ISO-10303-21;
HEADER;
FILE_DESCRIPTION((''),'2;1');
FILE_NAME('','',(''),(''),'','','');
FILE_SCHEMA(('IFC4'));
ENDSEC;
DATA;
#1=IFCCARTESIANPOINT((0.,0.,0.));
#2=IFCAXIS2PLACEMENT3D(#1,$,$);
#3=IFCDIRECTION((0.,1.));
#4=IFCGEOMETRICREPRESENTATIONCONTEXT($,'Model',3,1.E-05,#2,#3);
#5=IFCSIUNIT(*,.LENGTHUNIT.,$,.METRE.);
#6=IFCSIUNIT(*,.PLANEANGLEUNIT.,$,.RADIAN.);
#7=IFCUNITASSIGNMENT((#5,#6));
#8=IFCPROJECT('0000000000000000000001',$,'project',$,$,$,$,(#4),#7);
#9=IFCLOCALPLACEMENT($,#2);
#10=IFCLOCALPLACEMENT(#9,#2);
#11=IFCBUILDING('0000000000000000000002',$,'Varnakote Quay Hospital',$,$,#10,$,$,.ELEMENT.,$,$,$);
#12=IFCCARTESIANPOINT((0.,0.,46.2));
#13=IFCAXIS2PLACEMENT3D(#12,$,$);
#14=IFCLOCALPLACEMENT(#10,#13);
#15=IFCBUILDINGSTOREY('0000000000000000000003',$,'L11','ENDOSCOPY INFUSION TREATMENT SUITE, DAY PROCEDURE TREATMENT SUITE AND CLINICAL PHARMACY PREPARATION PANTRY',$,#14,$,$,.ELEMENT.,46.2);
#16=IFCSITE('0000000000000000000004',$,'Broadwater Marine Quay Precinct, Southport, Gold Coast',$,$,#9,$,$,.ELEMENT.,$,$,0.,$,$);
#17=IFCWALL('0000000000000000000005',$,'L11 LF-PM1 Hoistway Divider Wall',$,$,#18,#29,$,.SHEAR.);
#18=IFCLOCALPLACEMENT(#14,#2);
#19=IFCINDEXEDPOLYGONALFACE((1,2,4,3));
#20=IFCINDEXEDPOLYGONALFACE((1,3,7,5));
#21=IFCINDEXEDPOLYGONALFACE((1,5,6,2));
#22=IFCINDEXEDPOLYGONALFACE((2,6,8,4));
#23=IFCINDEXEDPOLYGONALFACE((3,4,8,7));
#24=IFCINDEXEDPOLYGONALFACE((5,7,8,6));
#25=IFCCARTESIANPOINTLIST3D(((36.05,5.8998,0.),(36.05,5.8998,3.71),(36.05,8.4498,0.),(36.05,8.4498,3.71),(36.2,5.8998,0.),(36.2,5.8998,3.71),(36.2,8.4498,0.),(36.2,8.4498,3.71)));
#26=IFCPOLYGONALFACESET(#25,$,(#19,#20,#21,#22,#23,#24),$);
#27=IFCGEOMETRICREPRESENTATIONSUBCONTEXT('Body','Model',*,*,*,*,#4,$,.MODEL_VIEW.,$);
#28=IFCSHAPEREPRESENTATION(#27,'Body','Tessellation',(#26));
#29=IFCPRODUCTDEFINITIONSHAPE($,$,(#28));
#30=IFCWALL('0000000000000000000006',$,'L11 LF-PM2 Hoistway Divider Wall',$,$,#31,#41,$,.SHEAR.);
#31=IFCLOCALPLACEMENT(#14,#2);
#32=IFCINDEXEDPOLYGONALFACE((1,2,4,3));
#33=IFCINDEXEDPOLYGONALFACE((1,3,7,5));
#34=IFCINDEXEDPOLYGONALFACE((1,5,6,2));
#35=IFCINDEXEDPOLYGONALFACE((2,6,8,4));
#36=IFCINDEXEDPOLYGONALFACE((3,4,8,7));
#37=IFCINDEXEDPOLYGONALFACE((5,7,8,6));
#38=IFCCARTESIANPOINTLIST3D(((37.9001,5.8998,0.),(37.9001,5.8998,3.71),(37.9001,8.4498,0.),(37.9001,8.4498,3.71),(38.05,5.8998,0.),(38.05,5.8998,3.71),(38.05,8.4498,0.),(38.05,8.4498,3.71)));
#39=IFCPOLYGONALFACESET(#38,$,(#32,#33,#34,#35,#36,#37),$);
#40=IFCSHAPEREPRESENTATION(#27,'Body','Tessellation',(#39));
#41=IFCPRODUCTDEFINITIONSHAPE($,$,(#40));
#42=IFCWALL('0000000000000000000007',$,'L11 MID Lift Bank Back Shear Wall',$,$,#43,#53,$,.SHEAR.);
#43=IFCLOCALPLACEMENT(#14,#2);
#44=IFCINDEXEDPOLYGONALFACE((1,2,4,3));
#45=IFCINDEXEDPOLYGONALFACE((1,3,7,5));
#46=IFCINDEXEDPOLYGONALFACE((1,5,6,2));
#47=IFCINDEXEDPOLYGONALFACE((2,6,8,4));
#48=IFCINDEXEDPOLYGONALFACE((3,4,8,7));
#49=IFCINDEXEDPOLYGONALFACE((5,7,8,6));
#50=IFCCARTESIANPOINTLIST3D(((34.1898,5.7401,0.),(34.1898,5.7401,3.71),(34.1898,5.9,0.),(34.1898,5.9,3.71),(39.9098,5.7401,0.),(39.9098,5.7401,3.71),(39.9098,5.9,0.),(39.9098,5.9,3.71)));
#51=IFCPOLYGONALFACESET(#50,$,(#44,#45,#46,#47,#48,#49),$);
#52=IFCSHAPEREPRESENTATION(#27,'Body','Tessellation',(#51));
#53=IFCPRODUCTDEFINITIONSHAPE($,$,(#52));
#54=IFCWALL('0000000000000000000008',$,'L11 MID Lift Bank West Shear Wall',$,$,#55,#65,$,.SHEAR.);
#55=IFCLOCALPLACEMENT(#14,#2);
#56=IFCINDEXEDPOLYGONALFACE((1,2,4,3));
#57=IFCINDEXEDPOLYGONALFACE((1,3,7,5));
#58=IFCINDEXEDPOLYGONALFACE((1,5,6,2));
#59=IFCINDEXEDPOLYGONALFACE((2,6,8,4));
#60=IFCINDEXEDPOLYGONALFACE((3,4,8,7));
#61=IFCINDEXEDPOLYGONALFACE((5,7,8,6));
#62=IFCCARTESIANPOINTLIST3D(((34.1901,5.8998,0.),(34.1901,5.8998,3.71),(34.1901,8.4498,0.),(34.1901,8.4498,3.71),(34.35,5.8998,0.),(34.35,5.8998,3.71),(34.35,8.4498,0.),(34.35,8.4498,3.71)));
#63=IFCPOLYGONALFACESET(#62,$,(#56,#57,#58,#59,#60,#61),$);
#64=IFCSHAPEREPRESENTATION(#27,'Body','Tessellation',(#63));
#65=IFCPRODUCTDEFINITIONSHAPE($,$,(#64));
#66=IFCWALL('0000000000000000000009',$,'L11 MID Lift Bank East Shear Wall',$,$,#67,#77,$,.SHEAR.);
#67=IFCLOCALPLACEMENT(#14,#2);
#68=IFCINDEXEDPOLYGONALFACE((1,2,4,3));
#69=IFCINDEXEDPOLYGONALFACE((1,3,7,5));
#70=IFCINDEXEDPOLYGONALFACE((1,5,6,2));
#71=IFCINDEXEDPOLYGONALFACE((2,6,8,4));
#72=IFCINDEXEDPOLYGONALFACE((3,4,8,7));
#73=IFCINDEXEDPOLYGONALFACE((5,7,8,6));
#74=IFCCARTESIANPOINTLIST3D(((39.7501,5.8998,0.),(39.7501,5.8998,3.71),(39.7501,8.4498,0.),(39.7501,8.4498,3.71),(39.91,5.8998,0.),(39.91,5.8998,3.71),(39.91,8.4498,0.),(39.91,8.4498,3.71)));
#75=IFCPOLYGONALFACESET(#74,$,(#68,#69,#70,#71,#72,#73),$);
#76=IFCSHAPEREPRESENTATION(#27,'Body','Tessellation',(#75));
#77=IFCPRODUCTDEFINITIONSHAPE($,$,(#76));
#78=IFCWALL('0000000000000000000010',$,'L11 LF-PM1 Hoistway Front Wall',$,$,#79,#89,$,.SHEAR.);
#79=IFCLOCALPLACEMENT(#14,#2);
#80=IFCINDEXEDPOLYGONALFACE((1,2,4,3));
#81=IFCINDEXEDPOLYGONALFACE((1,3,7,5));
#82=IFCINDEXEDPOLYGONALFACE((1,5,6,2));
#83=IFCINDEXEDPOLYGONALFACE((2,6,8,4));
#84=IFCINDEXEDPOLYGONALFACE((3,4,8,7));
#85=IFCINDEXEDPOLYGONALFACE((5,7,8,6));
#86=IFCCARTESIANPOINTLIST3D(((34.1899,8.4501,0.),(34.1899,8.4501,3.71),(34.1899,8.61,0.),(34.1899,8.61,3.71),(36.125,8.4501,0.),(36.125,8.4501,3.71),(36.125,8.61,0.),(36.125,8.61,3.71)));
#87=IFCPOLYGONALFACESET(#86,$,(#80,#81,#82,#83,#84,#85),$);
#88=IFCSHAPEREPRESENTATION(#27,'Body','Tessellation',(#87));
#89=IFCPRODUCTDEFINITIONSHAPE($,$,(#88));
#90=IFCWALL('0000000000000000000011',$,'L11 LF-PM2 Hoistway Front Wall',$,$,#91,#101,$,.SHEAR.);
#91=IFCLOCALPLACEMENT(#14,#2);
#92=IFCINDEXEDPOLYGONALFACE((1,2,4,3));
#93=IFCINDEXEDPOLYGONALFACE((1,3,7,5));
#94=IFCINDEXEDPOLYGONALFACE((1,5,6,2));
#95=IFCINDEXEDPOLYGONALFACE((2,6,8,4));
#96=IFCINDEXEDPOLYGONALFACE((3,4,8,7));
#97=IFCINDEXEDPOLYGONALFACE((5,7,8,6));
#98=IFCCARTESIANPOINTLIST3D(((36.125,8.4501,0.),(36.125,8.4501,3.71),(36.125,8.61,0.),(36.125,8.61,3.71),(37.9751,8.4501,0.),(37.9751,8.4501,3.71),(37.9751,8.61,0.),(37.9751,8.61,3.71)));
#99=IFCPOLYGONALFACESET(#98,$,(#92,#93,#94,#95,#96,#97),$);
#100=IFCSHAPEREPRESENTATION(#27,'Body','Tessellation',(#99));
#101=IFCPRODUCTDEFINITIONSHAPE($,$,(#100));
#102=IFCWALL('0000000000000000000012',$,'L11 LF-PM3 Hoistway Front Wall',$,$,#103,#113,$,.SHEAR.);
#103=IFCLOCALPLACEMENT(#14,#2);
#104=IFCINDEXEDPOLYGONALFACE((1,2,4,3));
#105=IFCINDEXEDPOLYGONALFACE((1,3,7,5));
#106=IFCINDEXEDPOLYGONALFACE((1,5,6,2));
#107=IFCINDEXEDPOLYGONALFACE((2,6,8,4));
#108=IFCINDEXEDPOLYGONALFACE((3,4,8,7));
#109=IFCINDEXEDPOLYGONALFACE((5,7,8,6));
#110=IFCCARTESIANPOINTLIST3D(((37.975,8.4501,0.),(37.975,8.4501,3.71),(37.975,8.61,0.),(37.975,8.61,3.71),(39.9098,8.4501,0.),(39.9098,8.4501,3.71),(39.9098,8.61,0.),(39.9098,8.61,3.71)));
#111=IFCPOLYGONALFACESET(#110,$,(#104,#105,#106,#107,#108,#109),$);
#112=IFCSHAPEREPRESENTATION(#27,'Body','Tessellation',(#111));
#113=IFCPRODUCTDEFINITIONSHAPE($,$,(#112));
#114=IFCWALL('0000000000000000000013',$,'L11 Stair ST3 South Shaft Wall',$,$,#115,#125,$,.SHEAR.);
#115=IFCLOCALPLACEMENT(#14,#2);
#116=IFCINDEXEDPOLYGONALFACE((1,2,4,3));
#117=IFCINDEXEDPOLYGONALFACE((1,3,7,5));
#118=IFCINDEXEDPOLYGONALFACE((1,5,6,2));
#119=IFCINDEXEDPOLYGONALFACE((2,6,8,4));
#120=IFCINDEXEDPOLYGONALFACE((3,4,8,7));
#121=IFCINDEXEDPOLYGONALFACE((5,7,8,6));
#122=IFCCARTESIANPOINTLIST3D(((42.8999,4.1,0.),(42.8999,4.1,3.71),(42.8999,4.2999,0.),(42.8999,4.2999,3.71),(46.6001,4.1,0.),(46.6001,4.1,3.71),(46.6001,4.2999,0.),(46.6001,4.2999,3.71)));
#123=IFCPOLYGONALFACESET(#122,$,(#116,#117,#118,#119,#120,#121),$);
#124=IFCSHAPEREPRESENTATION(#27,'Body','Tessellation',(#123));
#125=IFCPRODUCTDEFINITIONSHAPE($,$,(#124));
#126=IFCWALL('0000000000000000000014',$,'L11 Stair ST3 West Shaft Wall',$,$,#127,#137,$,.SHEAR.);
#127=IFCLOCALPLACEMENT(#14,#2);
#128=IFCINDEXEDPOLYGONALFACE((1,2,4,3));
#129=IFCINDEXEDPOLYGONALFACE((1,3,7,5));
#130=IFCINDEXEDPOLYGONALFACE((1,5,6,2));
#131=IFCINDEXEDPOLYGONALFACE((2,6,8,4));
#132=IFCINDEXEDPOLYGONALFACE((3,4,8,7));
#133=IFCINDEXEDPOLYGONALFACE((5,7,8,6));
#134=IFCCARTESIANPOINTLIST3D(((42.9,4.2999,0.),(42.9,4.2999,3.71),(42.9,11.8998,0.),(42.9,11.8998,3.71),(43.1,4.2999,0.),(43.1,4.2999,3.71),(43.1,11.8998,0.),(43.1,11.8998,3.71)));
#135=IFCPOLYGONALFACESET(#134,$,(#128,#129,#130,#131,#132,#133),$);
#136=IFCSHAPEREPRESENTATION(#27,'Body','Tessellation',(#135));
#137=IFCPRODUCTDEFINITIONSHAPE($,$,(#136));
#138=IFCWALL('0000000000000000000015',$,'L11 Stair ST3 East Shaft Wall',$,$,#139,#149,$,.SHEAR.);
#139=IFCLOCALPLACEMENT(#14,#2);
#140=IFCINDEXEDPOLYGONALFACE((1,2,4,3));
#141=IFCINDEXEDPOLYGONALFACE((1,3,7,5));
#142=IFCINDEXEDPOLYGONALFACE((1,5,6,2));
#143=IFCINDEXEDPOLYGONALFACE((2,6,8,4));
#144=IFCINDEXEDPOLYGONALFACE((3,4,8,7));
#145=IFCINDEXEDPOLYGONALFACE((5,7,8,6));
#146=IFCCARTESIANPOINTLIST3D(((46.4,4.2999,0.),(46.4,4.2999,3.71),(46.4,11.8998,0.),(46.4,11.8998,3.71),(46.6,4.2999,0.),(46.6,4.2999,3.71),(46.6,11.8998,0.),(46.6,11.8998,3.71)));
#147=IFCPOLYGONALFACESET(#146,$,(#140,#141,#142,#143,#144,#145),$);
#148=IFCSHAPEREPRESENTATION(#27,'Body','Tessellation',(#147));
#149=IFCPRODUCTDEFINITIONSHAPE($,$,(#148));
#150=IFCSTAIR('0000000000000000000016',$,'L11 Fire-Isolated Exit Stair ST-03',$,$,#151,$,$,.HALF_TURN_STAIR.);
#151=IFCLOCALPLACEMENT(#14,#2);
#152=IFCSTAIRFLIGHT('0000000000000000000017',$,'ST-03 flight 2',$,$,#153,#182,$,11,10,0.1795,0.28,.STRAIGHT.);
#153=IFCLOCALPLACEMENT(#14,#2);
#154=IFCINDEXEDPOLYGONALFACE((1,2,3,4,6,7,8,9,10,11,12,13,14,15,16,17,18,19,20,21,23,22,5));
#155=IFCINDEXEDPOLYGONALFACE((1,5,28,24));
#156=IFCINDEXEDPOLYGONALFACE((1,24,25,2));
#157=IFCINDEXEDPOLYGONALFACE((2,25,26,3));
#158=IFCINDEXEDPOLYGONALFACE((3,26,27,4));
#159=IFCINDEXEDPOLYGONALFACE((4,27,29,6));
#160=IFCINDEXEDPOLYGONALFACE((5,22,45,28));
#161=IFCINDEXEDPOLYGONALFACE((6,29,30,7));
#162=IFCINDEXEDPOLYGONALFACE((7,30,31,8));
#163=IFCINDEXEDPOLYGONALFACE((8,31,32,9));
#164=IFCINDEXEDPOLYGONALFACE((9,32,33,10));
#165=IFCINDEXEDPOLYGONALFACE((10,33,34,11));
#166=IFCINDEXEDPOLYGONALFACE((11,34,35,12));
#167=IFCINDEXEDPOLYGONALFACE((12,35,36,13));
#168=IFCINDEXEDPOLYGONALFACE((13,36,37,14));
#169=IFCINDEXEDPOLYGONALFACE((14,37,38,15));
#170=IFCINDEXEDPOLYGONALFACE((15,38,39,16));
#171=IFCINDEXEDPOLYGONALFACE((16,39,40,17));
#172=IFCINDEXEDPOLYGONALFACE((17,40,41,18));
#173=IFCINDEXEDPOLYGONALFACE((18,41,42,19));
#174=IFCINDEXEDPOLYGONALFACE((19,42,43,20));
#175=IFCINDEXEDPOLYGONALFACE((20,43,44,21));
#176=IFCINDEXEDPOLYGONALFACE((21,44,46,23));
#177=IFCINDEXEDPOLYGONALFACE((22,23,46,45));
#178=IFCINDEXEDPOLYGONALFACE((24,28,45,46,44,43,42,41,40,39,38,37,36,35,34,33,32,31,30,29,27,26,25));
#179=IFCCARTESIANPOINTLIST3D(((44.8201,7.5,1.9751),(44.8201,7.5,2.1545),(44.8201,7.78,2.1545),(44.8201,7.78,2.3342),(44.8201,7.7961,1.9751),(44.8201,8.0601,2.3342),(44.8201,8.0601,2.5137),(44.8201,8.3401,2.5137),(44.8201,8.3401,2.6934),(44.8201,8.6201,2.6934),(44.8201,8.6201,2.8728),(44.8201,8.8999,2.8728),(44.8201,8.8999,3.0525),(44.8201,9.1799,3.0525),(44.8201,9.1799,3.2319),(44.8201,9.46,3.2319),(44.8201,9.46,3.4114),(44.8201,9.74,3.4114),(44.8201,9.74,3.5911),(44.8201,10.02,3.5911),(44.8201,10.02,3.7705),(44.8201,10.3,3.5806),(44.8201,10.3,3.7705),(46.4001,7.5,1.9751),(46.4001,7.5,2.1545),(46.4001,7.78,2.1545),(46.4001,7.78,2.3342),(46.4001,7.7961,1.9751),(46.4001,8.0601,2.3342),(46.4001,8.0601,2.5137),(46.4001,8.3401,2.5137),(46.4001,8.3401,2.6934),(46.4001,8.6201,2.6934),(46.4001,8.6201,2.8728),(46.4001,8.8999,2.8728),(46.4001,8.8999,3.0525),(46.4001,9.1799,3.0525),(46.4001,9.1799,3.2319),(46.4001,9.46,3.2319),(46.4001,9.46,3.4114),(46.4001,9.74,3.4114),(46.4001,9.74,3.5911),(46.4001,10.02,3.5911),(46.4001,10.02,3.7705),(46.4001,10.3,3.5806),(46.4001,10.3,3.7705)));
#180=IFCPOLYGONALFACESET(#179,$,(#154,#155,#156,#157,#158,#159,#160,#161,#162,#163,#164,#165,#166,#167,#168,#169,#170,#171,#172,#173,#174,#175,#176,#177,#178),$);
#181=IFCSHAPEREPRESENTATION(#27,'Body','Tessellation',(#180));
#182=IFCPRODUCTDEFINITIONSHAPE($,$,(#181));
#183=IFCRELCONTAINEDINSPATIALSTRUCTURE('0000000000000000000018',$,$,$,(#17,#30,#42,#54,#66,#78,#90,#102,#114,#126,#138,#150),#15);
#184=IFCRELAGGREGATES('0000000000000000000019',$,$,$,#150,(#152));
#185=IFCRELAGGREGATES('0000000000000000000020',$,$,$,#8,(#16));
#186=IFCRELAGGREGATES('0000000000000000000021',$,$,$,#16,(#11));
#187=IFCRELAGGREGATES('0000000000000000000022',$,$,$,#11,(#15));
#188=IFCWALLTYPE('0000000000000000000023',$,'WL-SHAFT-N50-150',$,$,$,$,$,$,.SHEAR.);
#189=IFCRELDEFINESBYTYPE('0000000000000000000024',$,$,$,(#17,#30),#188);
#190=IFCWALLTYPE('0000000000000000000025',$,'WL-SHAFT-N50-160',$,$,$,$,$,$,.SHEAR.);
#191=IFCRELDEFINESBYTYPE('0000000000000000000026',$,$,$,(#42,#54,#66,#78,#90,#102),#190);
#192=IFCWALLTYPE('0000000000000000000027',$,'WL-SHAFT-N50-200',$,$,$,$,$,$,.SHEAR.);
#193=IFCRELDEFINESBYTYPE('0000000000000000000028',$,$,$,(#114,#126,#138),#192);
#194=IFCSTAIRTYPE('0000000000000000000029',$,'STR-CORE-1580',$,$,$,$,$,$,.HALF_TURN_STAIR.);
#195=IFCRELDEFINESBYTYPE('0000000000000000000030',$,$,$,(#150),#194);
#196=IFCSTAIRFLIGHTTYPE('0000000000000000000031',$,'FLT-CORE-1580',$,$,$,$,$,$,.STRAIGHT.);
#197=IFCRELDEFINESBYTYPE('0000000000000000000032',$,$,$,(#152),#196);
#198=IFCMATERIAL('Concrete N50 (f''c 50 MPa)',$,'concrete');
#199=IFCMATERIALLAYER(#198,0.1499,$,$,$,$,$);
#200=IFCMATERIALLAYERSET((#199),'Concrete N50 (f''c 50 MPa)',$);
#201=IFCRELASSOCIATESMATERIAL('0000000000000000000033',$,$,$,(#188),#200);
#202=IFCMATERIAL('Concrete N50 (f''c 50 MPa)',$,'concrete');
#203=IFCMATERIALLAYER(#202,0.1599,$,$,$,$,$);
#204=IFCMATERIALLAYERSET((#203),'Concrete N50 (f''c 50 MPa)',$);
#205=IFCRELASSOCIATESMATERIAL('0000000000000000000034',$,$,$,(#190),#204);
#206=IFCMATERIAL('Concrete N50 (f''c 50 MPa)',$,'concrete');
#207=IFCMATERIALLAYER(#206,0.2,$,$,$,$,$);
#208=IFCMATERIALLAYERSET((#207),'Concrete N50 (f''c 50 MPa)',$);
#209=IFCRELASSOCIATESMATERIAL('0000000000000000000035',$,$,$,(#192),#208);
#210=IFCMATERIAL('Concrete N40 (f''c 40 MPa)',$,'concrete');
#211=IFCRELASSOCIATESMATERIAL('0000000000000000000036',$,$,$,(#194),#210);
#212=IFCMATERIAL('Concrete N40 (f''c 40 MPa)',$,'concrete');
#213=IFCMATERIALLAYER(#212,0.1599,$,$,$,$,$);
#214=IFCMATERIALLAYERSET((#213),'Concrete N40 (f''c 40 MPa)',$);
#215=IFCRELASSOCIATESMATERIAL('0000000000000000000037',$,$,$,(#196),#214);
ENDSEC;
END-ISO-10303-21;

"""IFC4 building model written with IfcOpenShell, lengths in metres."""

from ifc_helpers import new_model, si_unit, direction, frame, frame_2d, origin, place, context, subcontext, project, spatial, polyline, rectangle, outline, extrude, material, layer, layer_set, type_object, element, aggregate, save


model = new_model("IFC4")

# Units and contexts
model_context = context("Model", 3, precision=1e-05, world=origin(), true_north=direction((0.0, 1.0)))
body_context = subcontext(model_context, "Body", "Model", "MODEL_VIEW")
ifc_project = project(units=[si_unit("LENGTHUNIT", "METRE"), si_unit("PLANEANGLEUNIT", "RADIAN")], contexts=[model_context])

# Site, building, storey
site_placement = place(None, origin())
site = spatial("IfcSite", under=ifc_project, at=site_placement, Name="Broadwater Marine Quay Precinct, Southport, Gold Coast", CompositionType="ELEMENT", RefElevation=0.0)
building_placement = place(site_placement, origin())
building = spatial("IfcBuilding", under=site, at=building_placement, Name="Varnakote Quay Hospital", CompositionType="ELEMENT")
storey_placement = place(building_placement, frame((0.0, 0.0, 46.2)))
storey = spatial("IfcBuildingStorey", under=building, at=storey_placement, Name="L11", Description="ENDOSCOPY INFUSION TREATMENT SUITE, DAY PROCEDURE TREATMENT SUITE AND CLINICAL PHARMACY PREPARATION PANTRY", CompositionType="ELEMENT", Elevation=46.2)

# Walls
ifc_material_1 = material(Name="Concrete N50 (f'c 50 MPa)", Category="concrete")
ifc_layer_1 = layer(ifc_material_1, 0.1499)
ifc_layer_set_1 = layer_set([ifc_layer_1], Name="Concrete N50 (f'c 50 MPa)")
wall_type_1 = type_object("IfcWallType", Name="WL-SHAFT-N50-150", PredefinedType="SHEAR", material=ifc_layer_set_1)
for number, where, z_axis, x_axis, name in (
    (1, (36.125, 5.8999, 0.0), (0.0, 0.0, 1.0), (0.0, 1.0, 0.0), "L11 LF-PM1 Hoistway Divider Wall"),
    (2, (37.9751, 5.8999, 0.0), (0.0, 0.0, 1.0), (0.0, 1.0, 0.0), "L11 LF-PM2 Hoistway Divider Wall"),
):
    element("IfcWall", number, at=place(storey_placement, frame(where, z_axis=z_axis, x_axis=x_axis)), inside=storey, type_object=wall_type_1, Name=name, PredefinedType="SHEAR", context=body_context, shape_type="SweptSolid", body=[
        extrude(rectangle(XDim=2.55, YDim=0.1499, at=frame_2d((1.2749, 0.0))), origin(), (0.0, 0.0, 1.0), 3.71),
    ])
ifc_material_2 = material(Name="Concrete N50 (f'c 50 MPa)", Category="concrete")
ifc_layer_2 = layer(ifc_material_2, 0.1599)
ifc_layer_set_2 = layer_set([ifc_layer_2], Name="Concrete N50 (f'c 50 MPa)")
wall_type_2 = type_object("IfcWallType", Name="WL-SHAFT-N50-160", PredefinedType="SHEAR", material=ifc_layer_set_2)
wall_1_placement = place(storey_placement, frame((34.1899, 5.8201, 0.0), z_axis=(0.0, 0.0, 1.0), x_axis=(1.0, 0.0, 0.0)))
element("IfcWall", 3, at=wall_1_placement, inside=storey, type_object=wall_type_2, Name="L11 MID Lift Bank Back Shear Wall", PredefinedType="SHEAR", context=body_context, shape_type="SweptSolid", body=[
    extrude(rectangle(XDim=5.72, YDim=0.1599, at=frame_2d((2.8599, 0.0))), origin(), (0.0, 0.0, 1.0), 3.71),
])
for number, where, z_axis, x_axis, name in (
    (4, (34.27, 5.8999, 0.0), (0.0, 0.0, 1.0), (0.0, 1.0, 0.0), "L11 MID Lift Bank West Shear Wall"),
    (5, (39.8301, 5.8999, 0.0), (0.0, 0.0, 1.0), (0.0, 1.0, 0.0), "L11 MID Lift Bank East Shear Wall"),
):
    element("IfcWall", number, at=place(storey_placement, frame(where, z_axis=z_axis, x_axis=x_axis)), inside=storey, type_object=wall_type_2, Name=name, PredefinedType="SHEAR", context=body_context, shape_type="SweptSolid", body=[
        extrude(rectangle(XDim=2.55, YDim=0.1599, at=frame_2d((1.2749, 0.0))), origin(), (0.0, 0.0, 1.0), 3.71),
    ])
wall_2_placement = place(storey_placement, frame((34.1899, 8.53, 0.0), z_axis=(0.0, 0.0, 1.0), x_axis=(1.0, 0.0, 0.0)))
element("IfcWall", 6, at=wall_2_placement, inside=storey, type_object=wall_type_2, Name="L11 LF-PM1 Hoistway Front Wall", PredefinedType="SHEAR", context=body_context, shape_type="SweptSolid", body=[
    extrude(rectangle(XDim=1.9351, YDim=0.1599, at=frame_2d((0.9675, 0.0))), origin(), (0.0, 0.0, 1.0), 3.71),
])
wall_3_placement = place(storey_placement, frame((36.125, 8.53, 0.0), z_axis=(0.0, 0.0, 1.0), x_axis=(1.0, 0.0, 0.0)))
element("IfcWall", 7, at=wall_3_placement, inside=storey, type_object=wall_type_2, Name="L11 LF-PM2 Hoistway Front Wall", PredefinedType="SHEAR", context=body_context, shape_type="SweptSolid", body=[
    extrude(rectangle(XDim=1.8501, YDim=0.1599, at=frame_2d((0.925, 0.0))), origin(), (0.0, 0.0, 1.0), 3.71),
])
wall_4_placement = place(storey_placement, frame((37.9751, 8.53, 0.0), z_axis=(0.0, 0.0, 1.0), x_axis=(1.0, 0.0, 0.0)))
element("IfcWall", 8, at=wall_4_placement, inside=storey, type_object=wall_type_2, Name="L11 LF-PM3 Hoistway Front Wall", PredefinedType="SHEAR", context=body_context, shape_type="SweptSolid", body=[
    extrude(rectangle(XDim=1.9348, YDim=0.1599, at=frame_2d((0.9673, 0.0))), origin(), (0.0, 0.0, 1.0), 3.71),
])
ifc_material_3 = material(Name="Concrete N50 (f'c 50 MPa)", Category="concrete")
ifc_layer_3 = layer(ifc_material_3, 0.2)
ifc_layer_set_3 = layer_set([ifc_layer_3], Name="Concrete N50 (f'c 50 MPa)")
wall_type_3 = type_object("IfcWallType", Name="WL-SHAFT-N50-200", PredefinedType="SHEAR", material=ifc_layer_set_3)
wall_5_placement = place(storey_placement, frame((42.8999, 4.2, 0.0), z_axis=(0.0, 0.0, 1.0), x_axis=(1.0, 0.0, 0.0)))
element("IfcWall", 9, at=wall_5_placement, inside=storey, type_object=wall_type_3, Name="L11 Stair ST3 South Shaft Wall", PredefinedType="SHEAR", context=body_context, shape_type="SweptSolid", body=[
    extrude(rectangle(XDim=3.7002, YDim=0.2, at=frame_2d((1.8501, 0.0))), origin(), (0.0, 0.0, 1.0), 3.71),
])
for number, where, z_axis, x_axis, name in (
    (10, (43.0, 4.3, 0.0), (0.0, 0.0, 1.0), (0.0, 1.0, 0.0), "L11 Stair ST3 West Shaft Wall"),
    (11, (46.5, 4.3, 0.0), (0.0, 0.0, 1.0), (0.0, 1.0, 0.0), "L11 Stair ST3 East Shaft Wall"),
):
    element("IfcWall", number, at=place(storey_placement, frame(where, z_axis=z_axis, x_axis=x_axis)), inside=storey, type_object=wall_type_3, Name=name, PredefinedType="SHEAR", context=body_context, shape_type="SweptSolid", body=[
        extrude(rectangle(XDim=7.5999, YDim=0.2, at=frame_2d((3.7998, 0.0))), origin(), (0.0, 0.0, 1.0), 3.71),
    ])

# Stair, stair flight
ifc_material_4 = material(Name="Concrete N40 (f'c 40 MPa)", Category="concrete")
stair_type = type_object("IfcStairType", Name="STR-CORE-1580", PredefinedType="HALF_TURN_STAIR", material=ifc_material_4)
stair_placement = place(storey_placement, origin())
stair = element("IfcStair", 12, at=stair_placement, inside=storey, type_object=stair_type, Name="L11 Fire-Isolated Exit Stair ST-03", PredefinedType="HALF_TURN_STAIR")
ifc_material_5 = material(Name="Concrete N40 (f'c 40 MPa)", Category="concrete")
ifc_layer_4 = layer(ifc_material_5, 0.1599)
ifc_layer_set_4 = layer_set([ifc_layer_4], Name="Concrete N40 (f'c 40 MPa)")
stair_flight_type = type_object("IfcStairFlightType", Name="FLT-CORE-1580", PredefinedType="STRAIGHT", material=ifc_layer_set_4)
stair_flight_placement = place(storey_placement, frame((45.6101, 7.5, 1.9751), z_axis=(0.0, 0.0, 1.0), x_axis=(0.0, 1.0, 0.0)))
stair_flight = element("IfcStairFlight", 13, at=stair_flight_placement, type_object=stair_flight_type, Name="ST-03 flight 2", NumberOfRisers=11, NumberOfTreads=10, PredefinedType="STRAIGHT", RiserHeight=0.1795, TreadLength=0.28, context=body_context, shape_type="SweptSolid", body=[
    extrude(outline(polyline([(0.0, 0.0), (0.0, 0.1794), (0.28, 0.1794), (0.28, 0.3591), (0.5601, 0.3591), (0.5601, 0.5386), (0.8401, 0.5386), (0.8401, 0.7183), (1.1201, 0.7183), (1.1201, 0.8977), (1.3999, 0.8977), (1.3999, 1.0774), (1.6799, 1.0774), (1.6799, 1.2568), (1.96, 1.2568), (1.96, 1.4363), (2.24, 1.4363), (2.24, 1.616), (2.52, 1.616), (2.52, 1.7954), (2.8, 1.7954), (2.8, 1.9751), (2.8, 1.6055), (0.2961, 0.0), (0.0, 0.0)])), frame((0.0, 0.79, 0.0), z_axis=(0.0, -1.0, 0.0), x_axis=(1.0, 0.0, 0.0)), (0.0, 0.0, 1.0), 1.5801),
])
aggregate(stair, [stair_flight])

save(model, "model.ifc")
